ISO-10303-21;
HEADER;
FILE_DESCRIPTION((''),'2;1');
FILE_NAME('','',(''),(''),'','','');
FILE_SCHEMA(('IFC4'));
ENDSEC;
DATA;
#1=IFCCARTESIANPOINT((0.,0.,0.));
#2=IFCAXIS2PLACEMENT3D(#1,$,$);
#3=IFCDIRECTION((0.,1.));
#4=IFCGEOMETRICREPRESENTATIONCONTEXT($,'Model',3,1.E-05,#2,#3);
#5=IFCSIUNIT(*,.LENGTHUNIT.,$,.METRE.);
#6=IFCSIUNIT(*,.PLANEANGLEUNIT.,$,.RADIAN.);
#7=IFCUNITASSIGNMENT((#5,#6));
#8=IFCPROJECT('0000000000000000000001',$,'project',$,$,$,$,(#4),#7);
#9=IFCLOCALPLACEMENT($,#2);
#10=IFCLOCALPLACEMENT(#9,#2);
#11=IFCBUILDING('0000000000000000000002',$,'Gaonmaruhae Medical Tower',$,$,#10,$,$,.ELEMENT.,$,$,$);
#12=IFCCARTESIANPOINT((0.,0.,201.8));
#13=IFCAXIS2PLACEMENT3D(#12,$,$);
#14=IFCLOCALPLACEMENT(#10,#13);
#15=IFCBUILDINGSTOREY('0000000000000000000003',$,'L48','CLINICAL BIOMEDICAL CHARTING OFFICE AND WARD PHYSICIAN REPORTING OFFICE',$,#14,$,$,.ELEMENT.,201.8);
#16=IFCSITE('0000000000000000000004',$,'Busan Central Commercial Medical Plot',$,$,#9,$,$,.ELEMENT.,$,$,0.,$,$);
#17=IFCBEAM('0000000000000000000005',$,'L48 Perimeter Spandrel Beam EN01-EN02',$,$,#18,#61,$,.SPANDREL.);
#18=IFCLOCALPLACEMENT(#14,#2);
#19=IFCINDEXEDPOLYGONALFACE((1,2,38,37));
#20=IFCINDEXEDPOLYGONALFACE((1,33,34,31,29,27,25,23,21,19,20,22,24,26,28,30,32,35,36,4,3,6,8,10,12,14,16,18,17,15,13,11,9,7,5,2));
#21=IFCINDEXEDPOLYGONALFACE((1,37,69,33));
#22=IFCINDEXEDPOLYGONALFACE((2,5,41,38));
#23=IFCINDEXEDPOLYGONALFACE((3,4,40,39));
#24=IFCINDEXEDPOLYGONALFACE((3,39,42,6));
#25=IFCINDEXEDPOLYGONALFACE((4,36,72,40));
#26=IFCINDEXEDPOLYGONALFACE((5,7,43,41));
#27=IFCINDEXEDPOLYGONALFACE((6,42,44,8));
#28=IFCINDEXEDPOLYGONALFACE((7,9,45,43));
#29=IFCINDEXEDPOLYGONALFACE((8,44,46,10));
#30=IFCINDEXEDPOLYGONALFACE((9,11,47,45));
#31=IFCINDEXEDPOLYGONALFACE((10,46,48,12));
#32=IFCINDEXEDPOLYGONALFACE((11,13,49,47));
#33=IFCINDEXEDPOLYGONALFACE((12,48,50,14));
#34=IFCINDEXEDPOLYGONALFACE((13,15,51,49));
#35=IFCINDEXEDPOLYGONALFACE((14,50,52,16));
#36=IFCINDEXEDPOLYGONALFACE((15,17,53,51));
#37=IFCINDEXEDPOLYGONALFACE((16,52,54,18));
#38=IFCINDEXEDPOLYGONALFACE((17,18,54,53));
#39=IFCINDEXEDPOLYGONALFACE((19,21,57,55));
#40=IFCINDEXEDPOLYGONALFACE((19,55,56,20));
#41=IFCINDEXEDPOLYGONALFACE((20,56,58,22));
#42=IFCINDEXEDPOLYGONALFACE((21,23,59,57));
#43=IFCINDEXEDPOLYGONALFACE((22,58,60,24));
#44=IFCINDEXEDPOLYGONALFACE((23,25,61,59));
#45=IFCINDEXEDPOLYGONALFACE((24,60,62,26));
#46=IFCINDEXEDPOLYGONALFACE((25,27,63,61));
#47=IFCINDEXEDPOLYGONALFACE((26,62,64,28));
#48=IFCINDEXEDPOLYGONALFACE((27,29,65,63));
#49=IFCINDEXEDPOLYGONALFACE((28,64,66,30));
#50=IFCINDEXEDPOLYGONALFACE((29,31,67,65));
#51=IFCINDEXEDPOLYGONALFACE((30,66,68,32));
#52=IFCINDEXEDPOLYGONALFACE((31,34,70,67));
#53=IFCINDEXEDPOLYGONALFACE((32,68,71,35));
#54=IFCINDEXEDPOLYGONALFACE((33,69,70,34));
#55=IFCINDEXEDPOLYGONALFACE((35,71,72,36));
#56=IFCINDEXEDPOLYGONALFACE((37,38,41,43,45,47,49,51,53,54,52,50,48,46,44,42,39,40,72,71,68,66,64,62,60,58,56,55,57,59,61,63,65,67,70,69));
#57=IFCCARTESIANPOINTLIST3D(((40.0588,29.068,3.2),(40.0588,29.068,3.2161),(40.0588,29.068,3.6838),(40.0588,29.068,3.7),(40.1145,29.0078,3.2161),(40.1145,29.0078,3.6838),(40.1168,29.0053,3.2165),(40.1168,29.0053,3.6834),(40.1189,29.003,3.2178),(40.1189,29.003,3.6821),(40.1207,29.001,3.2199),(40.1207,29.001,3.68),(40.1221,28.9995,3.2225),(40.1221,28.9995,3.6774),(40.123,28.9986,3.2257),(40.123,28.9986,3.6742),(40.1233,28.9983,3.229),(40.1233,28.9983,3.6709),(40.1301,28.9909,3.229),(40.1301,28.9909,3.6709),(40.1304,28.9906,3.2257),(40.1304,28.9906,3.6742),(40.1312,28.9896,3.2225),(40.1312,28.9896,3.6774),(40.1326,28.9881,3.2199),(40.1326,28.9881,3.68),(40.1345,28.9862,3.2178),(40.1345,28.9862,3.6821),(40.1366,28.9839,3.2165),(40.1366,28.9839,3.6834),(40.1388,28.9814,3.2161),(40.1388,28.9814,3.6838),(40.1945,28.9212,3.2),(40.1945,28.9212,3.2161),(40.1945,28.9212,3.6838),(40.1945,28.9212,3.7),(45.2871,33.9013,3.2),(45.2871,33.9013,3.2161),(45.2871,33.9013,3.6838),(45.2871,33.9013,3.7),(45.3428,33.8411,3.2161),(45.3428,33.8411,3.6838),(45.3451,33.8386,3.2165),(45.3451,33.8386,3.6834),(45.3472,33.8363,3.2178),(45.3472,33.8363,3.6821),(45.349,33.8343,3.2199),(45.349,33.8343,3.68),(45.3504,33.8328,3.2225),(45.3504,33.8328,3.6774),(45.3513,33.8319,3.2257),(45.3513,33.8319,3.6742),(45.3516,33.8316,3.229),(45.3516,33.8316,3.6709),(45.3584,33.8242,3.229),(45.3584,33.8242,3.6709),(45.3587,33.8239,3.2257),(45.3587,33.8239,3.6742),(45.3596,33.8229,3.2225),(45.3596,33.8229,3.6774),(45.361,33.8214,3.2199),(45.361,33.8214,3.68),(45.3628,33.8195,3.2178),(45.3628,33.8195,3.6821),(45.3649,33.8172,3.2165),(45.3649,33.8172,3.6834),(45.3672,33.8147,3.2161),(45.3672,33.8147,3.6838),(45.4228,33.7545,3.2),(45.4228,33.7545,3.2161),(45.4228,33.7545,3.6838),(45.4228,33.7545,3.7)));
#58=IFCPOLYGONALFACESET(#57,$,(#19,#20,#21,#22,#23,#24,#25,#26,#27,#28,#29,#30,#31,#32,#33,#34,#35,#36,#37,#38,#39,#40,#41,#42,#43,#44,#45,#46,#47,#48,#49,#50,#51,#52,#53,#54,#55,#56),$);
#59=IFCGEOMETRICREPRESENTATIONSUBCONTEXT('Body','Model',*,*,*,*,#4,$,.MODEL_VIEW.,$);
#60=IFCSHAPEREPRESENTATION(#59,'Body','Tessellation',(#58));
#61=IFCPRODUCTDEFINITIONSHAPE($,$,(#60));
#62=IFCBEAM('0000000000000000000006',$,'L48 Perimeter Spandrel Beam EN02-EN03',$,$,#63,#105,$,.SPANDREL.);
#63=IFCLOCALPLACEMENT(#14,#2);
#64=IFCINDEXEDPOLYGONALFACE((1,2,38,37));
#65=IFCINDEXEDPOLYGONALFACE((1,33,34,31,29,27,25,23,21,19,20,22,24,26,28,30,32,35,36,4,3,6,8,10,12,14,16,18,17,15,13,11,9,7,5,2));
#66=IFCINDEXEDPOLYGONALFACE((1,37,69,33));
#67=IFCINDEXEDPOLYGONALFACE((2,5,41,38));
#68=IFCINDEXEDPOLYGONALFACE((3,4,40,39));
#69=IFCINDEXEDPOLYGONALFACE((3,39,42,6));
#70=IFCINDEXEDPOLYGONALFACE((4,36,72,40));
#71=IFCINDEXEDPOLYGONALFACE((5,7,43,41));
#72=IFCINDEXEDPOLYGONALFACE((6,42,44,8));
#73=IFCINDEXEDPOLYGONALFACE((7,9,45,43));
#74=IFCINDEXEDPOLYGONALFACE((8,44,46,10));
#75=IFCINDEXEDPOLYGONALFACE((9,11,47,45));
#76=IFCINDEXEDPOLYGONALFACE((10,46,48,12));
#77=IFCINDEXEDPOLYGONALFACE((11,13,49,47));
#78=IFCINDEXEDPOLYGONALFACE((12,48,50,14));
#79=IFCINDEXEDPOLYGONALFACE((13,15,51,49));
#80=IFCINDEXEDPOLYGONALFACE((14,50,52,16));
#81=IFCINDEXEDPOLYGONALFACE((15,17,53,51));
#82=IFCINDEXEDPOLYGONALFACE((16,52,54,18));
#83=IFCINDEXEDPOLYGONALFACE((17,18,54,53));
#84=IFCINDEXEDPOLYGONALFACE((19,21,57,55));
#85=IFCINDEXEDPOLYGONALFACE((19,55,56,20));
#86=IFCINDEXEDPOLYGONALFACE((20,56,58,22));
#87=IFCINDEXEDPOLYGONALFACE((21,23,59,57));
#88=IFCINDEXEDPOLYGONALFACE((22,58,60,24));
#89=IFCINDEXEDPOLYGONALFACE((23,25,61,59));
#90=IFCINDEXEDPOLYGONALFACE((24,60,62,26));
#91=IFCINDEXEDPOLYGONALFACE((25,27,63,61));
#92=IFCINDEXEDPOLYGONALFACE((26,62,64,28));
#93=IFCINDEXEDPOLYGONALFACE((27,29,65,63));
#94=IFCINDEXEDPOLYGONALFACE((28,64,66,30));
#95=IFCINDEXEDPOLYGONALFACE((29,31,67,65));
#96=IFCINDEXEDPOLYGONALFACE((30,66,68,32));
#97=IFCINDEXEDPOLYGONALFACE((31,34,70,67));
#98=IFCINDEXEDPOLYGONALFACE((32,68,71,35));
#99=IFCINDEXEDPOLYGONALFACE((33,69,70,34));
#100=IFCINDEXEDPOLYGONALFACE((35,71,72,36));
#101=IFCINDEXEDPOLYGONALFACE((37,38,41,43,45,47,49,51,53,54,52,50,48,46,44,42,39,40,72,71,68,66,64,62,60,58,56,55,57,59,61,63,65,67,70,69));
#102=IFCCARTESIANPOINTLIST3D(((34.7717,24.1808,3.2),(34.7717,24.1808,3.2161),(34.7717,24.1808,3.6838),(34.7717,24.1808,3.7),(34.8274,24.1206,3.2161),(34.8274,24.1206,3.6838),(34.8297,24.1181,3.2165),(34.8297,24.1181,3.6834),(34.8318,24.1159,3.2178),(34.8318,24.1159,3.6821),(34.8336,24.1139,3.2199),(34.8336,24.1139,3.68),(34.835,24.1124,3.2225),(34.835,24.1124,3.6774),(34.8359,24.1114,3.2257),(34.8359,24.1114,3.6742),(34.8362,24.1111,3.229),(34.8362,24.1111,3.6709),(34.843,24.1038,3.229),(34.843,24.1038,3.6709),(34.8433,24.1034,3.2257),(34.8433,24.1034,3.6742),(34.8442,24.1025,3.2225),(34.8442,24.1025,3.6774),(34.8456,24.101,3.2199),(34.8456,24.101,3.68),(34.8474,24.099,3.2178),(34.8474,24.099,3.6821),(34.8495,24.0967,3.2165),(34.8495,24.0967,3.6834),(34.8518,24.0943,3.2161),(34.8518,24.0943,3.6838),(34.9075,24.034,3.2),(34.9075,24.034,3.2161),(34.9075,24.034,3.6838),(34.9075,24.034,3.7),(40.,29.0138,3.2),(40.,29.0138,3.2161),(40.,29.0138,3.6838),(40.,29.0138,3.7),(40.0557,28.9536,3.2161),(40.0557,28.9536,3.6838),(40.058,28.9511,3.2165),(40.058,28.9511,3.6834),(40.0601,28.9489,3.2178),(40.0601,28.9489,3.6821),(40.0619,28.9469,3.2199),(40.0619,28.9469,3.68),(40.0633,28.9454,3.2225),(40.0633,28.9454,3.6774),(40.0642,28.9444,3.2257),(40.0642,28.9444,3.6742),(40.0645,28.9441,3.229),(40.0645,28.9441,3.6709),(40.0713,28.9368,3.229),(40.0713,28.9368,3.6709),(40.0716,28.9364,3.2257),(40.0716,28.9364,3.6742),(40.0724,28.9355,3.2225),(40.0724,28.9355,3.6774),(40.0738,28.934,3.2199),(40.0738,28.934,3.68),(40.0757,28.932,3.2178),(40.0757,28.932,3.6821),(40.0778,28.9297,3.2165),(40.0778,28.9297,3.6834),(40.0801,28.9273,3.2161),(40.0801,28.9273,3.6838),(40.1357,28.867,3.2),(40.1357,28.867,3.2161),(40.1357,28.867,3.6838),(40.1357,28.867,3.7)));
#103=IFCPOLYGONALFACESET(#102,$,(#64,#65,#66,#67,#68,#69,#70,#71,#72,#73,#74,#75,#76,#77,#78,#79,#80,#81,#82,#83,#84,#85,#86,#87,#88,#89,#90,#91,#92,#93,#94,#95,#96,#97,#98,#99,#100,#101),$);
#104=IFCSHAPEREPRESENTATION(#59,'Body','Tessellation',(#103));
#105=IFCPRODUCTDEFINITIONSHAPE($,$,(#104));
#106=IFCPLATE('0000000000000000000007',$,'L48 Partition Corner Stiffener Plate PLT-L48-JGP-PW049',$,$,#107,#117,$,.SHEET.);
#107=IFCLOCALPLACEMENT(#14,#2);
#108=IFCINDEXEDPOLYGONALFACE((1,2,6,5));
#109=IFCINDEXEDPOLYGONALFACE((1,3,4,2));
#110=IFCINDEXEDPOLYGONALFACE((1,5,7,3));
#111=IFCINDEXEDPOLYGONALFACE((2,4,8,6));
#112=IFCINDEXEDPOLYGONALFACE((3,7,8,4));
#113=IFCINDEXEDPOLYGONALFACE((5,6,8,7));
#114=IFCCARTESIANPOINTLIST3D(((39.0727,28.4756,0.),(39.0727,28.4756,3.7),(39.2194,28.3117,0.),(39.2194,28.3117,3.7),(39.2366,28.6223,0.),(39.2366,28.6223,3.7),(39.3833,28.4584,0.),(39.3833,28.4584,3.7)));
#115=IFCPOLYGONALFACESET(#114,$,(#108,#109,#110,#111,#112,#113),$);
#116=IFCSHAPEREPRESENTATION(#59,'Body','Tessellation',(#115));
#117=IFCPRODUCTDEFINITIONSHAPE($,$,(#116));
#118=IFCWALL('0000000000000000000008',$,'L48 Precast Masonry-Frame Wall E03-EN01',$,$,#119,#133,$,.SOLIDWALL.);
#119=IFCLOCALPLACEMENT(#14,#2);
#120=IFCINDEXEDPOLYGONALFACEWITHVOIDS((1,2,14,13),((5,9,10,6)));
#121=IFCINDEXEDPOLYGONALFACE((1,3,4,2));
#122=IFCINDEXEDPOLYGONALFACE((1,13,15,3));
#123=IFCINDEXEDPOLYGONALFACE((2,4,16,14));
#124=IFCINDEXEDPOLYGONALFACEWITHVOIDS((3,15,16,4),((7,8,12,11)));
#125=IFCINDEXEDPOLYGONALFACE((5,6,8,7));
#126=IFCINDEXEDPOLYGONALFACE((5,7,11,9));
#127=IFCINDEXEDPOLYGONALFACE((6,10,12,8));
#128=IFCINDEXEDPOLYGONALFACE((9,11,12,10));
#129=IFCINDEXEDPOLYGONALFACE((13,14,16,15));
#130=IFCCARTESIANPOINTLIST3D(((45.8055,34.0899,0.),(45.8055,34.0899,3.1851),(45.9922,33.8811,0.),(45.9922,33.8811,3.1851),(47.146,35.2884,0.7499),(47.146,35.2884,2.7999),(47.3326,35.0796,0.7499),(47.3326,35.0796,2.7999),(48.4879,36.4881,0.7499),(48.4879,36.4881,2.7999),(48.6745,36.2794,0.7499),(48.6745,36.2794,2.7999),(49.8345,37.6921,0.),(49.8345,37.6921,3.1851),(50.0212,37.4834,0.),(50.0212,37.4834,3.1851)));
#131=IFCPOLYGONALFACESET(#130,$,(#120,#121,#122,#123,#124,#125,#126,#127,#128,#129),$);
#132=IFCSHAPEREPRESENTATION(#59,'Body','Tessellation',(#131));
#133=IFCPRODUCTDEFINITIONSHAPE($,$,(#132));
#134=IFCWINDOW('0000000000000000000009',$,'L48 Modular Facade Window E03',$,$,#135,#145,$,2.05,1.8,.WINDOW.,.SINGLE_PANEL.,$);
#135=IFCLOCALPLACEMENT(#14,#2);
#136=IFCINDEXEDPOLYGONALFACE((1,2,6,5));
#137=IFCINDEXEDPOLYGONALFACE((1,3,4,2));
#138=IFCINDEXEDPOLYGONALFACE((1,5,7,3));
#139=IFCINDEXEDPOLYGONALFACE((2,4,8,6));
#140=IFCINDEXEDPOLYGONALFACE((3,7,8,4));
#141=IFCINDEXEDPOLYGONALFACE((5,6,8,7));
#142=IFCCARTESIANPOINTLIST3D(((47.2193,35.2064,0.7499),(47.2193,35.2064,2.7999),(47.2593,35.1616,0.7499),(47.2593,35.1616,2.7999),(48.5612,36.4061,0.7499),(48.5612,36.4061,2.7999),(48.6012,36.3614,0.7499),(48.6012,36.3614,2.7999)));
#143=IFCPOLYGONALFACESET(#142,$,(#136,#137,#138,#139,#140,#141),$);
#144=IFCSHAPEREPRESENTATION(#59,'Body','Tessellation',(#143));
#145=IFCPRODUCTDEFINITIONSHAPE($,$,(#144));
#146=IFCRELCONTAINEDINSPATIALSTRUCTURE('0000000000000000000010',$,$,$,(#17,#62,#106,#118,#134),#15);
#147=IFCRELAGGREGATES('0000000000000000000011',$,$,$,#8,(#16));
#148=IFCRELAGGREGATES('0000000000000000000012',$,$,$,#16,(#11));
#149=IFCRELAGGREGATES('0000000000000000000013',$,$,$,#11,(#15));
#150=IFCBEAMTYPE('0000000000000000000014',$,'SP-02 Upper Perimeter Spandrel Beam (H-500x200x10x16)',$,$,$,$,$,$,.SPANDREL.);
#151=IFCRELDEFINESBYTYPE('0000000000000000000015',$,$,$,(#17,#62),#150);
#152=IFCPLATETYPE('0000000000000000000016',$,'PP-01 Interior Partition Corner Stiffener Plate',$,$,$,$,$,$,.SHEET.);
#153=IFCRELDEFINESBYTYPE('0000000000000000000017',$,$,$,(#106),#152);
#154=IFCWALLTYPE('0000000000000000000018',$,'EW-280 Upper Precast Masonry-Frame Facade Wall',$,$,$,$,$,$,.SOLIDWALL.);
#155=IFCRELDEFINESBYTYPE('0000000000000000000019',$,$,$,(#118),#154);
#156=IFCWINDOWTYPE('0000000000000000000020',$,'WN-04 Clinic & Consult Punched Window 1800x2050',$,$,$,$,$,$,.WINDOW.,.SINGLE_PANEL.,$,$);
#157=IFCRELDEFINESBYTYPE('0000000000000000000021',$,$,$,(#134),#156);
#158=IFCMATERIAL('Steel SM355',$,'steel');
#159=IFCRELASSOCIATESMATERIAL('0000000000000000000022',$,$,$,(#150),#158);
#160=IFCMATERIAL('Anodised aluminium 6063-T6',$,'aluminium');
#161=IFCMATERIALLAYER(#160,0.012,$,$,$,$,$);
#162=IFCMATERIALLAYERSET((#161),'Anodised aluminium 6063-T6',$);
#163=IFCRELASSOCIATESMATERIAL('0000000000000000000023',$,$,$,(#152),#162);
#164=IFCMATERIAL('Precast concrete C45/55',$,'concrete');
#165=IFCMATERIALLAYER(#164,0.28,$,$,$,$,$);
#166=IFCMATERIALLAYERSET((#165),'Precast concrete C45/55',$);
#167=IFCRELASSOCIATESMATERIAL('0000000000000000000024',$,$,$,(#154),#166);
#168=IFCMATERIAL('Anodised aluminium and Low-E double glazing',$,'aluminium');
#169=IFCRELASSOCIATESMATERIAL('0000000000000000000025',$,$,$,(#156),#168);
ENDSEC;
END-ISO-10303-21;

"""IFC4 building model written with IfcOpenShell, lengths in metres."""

from ifc_helpers import new_model, si_unit, direction, frame, frame_2d, origin, origin_2d, place, context, subcontext, project, spatial, rectangle, i_section, extrude, material, layer, layer_set, material_profile, profile_set, type_object, element, fill, save


model = new_model("IFC4")

# Units and contexts
model_context = context("Model", 3, precision=1e-05, world=origin(), true_north=direction((0.0, 1.0)))
body_context = subcontext(model_context, "Body", "Model", "MODEL_VIEW")
ifc_project = project(units=[si_unit("LENGTHUNIT", "METRE"), si_unit("PLANEANGLEUNIT", "RADIAN")], contexts=[model_context])

# Site, building, storey
site_placement = place(None, origin())
site = spatial("IfcSite", under=ifc_project, at=site_placement, Name="Busan Central Commercial Medical Plot", CompositionType="ELEMENT", RefElevation=0.0)
building_placement = place(site_placement, origin())
building = spatial("IfcBuilding", under=site, at=building_placement, Name="Gaonmaruhae Medical Tower", CompositionType="ELEMENT")
storey_placement = place(building_placement, frame((0.0, 0.0, 201.8)))
storey = spatial("IfcBuildingStorey", under=building, at=storey_placement, Name="L48", Description="CLINICAL BIOMEDICAL CHARTING OFFICE AND WARD PHYSICIAN REPORTING OFFICE", CompositionType="ELEMENT", Elevation=201.8)

# Beams
ifc_material_1 = material(Name="Steel SM355", Category="steel")
ifc_material_profile_1 = material_profile(ifc_material_1, i_section(OverallWidth=0.2, OverallDepth=0.5, WebThickness=0.01, FlangeThickness=0.0161, FilletRadius=0.0129, at=origin_2d()), Name="H-500x200x10x16")
ifc_profile_set_1 = profile_set([ifc_material_profile_1], Name="Steel SM355")
beam_type_1 = type_object("IfcBeamType", Name="SP-02 Upper Perimeter Spandrel Beam (H-500x200x10x16)", PredefinedType="SPANDREL", material=ifc_profile_set_1)
beam_1_placement = place(storey_placement, frame((45.355, 33.8279, 3.45), z_axis=(-0.734302, -0.678823, 0.0), x_axis=(0.678823, -0.734302, 0.0)))
element("IfcBeam", 1, at=beam_1_placement, inside=storey, type_object=beam_type_1, Name="L48 Perimeter Spandrel Beam EN01-EN02", PredefinedType="SPANDREL", context=body_context, shape_type="SweptSolid", body=[
    extrude(i_section(OverallWidth=0.2, OverallDepth=0.5, WebThickness=0.01, FlangeThickness=0.0161, FilletRadius=0.0129, at=origin_2d()), origin(), (0.0, 0.0, 1.0), 7.1201),
])
beam_2_placement = place(storey_placement, frame((40.0679, 28.9404, 3.45), z_axis=(-0.734319, -0.678804, 0.0), x_axis=(0.678804, -0.734319, 0.0)))
element("IfcBeam", 2, at=beam_2_placement, inside=storey, type_object=beam_type_1, Name="L48 Perimeter Spandrel Beam EN02-EN03", PredefinedType="SPANDREL", context=body_context, shape_type="SweptSolid", body=[
    extrude(i_section(OverallWidth=0.2, OverallDepth=0.5, WebThickness=0.01, FlangeThickness=0.0161, FilletRadius=0.0129, at=origin_2d()), origin(), (0.0, 0.0, 1.0), 7.1199),
])

# Plate
ifc_material_2 = material(Name="Anodised aluminium 6063-T6", Category="aluminium")
ifc_layer_1 = layer(ifc_material_2, 0.012)
ifc_layer_set_1 = layer_set([ifc_layer_1], Name="Anodised aluminium 6063-T6")
plate_type = type_object("IfcPlateType", Name="PP-01 Interior Partition Corner Stiffener Plate", PredefinedType="SHEET", material=ifc_layer_set_1)
plate_placement = place(storey_placement, frame((39.228, 28.467, 0.0), z_axis=(0.0, 0.0, 1.0), x_axis=(0.666936, -0.745115, 0.0)))
element("IfcPlate", 3, at=plate_placement, inside=storey, type_object=plate_type, Name="L48 Partition Corner Stiffener Plate PLT-L48-JGP-PW049", PredefinedType="SHEET", context=body_context, shape_type="SweptSolid", body=[
    extrude(rectangle(XDim=0.22, YDim=0.22, at=origin_2d()), origin(), (0.0, 0.0, 1.0), 3.7),
])

# Wall, opening, window
ifc_material_3 = material(Name="Precast concrete C45/55", Category="concrete")
ifc_layer_2 = layer(ifc_material_3, 0.28)
ifc_layer_set_2 = layer_set([ifc_layer_2], Name="Precast concrete C45/55")
wall_type_1 = type_object("IfcWallType", Name="EW-280 Upper Precast Masonry-Frame Facade Wall", PredefinedType="SOLIDWALL", material=ifc_layer_set_2)
wall_1_placement = place(storey_placement, frame((45.8989, 33.9856, 0.0), z_axis=(0.0, 0.0, 1.0), x_axis=(0.745485, 0.666523, 0.0)))
wall_1 = element("IfcWall", 4, at=wall_1_placement, inside=storey, type_object=wall_type_1, Name="L48 Precast Masonry-Frame Wall E03-EN01", PredefinedType="SOLIDWALL", context=body_context, shape_type="SweptSolid", body=[
    extrude(rectangle(XDim=5.4045, YDim=0.28, at=frame_2d((2.7021, 0.0))), origin(), (0.0, 0.0, 1.0), 3.1851),
])
opening_1_placement = place(wall_1_placement, frame((1.7981, 0.0, 0.75)))
opening_1 = element("IfcOpeningElement", 5, at=opening_1_placement, cuts=wall_1, PredefinedType="OPENING", context=body_context, shape_type="SweptSolid", body=[
    extrude(rectangle(XDim=1.8, YDim=2.05, at=frame_2d((0.8999, 1.0249))), frame((0.0, 0.1499, 0.0), z_axis=(0.0, -1.0, 0.0), x_axis=(1.0, 0.0, 0.0)), (0.0, 0.0, 1.0), 0.3),
])
ifc_material_4 = material(Name="Anodised aluminium and Low-E double glazing", Category="aluminium")
window_type_1 = type_object("IfcWindowType", Name="WN-04 Clinic & Consult Punched Window 1800x2050", PartitioningType="SINGLE_PANEL", PredefinedType="WINDOW", material=ifc_material_4)
window_1_placement = place(opening_1_placement, origin())
window_1 = element("IfcWindow", 6, at=window_1_placement, inside=storey, type_object=window_type_1, Name="L48 Modular Facade Window E03", OverallHeight=2.05, OverallWidth=1.8, PartitioningType="SINGLE_PANEL", PredefinedType="WINDOW", context=body_context, shape_type="SweptSolid", body=[
    extrude(rectangle(XDim=1.8, YDim=2.05, at=frame_2d((0.8999, 1.0249))), frame((0.0, 0.03, 0.0), z_axis=(0.0, -1.0, 0.0), x_axis=(1.0, 0.0, 0.0)), (0.0, 0.0, 1.0), 0.0601),
])
fill(opening_1, window_1)

save(model, "model.ifc")
